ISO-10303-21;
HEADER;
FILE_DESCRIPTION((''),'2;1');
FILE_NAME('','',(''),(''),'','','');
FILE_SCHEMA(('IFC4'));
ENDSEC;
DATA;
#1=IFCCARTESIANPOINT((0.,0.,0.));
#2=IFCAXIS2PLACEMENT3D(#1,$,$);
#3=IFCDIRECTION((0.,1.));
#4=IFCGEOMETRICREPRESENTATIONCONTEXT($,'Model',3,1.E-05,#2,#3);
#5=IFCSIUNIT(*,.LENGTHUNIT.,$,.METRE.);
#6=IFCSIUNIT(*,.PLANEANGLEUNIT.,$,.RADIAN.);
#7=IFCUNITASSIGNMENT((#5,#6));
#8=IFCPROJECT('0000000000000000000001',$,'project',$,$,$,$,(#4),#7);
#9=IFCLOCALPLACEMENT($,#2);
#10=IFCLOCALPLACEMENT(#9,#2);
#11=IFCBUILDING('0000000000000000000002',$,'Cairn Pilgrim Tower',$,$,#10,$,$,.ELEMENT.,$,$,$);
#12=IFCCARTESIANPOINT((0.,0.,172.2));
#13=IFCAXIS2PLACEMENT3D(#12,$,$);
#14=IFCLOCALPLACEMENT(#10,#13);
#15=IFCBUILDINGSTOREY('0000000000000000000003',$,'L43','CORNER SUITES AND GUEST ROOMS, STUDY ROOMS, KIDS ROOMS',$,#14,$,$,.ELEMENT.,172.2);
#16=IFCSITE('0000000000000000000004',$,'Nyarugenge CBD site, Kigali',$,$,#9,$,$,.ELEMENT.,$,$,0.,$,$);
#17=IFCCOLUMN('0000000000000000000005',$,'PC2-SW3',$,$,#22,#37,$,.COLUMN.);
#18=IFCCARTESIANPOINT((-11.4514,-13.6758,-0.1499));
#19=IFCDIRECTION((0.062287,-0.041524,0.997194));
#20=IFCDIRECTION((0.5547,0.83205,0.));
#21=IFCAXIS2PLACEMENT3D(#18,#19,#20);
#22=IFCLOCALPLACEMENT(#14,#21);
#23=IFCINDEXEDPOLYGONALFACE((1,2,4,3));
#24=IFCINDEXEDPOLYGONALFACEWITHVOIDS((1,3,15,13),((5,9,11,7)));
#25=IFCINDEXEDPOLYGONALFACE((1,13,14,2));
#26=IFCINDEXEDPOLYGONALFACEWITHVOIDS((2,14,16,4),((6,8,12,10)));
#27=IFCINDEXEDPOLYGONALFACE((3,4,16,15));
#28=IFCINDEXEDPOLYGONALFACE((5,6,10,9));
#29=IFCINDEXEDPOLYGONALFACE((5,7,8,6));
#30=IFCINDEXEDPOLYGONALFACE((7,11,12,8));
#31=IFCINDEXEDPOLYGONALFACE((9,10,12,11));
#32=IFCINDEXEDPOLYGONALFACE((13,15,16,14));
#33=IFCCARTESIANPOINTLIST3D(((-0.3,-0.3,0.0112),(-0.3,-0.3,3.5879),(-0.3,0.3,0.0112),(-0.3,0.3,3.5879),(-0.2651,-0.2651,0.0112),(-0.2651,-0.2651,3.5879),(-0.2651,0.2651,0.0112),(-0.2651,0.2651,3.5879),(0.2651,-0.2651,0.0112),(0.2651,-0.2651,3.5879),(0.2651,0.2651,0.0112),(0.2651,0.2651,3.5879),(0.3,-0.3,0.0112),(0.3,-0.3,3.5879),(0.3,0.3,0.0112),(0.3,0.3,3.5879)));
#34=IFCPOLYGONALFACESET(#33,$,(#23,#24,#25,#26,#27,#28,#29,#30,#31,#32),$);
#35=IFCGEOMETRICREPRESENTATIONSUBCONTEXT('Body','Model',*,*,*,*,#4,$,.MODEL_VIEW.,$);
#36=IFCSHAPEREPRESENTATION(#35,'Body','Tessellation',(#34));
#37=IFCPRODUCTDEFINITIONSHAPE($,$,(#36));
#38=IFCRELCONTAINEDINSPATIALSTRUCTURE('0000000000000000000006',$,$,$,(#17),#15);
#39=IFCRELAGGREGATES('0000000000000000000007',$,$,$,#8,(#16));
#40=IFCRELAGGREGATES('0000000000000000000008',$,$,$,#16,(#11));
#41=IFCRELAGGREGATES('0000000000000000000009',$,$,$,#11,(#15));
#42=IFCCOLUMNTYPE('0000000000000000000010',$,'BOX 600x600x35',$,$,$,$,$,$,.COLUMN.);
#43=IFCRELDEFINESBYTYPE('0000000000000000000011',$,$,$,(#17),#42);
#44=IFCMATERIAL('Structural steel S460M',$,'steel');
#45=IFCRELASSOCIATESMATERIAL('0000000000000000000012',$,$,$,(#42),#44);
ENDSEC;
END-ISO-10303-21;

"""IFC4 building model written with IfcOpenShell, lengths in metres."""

from ifc_helpers import new_model, si_unit, direction, frame, origin, origin_2d, place, context, subcontext, project, spatial, hollow_rectangle, extrude, clip, halfspace, material, material_profile, profile_set, type_object, element, save


model = new_model("IFC4")

# Units and contexts
model_context = context("Model", 3, precision=1e-05, world=origin(), true_north=direction((0.0, 1.0)))
body_context = subcontext(model_context, "Body", "Model", "MODEL_VIEW")
ifc_project = project(units=[si_unit("LENGTHUNIT", "METRE"), si_unit("PLANEANGLEUNIT", "RADIAN")], contexts=[model_context])

# Site, building, storey
site_placement = place(None, origin())
site = spatial("IfcSite", under=ifc_project, at=site_placement, Name="Nyarugenge CBD site, Kigali", CompositionType="ELEMENT", RefElevation=0.0)
building_placement = place(site_placement, origin())
building = spatial("IfcBuilding", under=site, at=building_placement, Name="Cairn Pilgrim Tower", CompositionType="ELEMENT")
storey_placement = place(building_placement, frame((0.0, 0.0, 172.2)))
storey = spatial("IfcBuildingStorey", under=building, at=storey_placement, Name="L43", Description="CORNER SUITES AND GUEST ROOMS, STUDY ROOMS, KIDS ROOMS", CompositionType="ELEMENT", Elevation=172.2)

# Column
ifc_material_1 = material(Name="Structural steel S460M", Category="steel")
ifc_material_profile_1 = material_profile(ifc_material_1, hollow_rectangle(XDim=0.6001, YDim=0.6001, WallThickness=0.0349, at=origin_2d()), Name="BOX 600x600x35")
ifc_profile_set_1 = profile_set([ifc_material_profile_1], Name="Structural steel S460M")
column_type_1 = type_object("IfcColumnType", Name="BOX 600x600x35", PredefinedType="COLUMN", material=ifc_profile_set_1)
column_1_placement = place(storey_placement, frame((-11.4514, -13.6758, -0.1499), z_axis=(0.062287, -0.041524, 0.997194), x_axis=(0.5547, 0.83205, 0.0)))
element("IfcColumn", 1, at=column_1_placement, inside=storey, type_object=column_type_1, Name="PC2-SW3", PredefinedType="COLUMN", context=body_context, shape_type="Clipping", body=[
    clip(clip(extrude(hollow_rectangle(XDim=0.6001, YDim=0.6001, WallThickness=0.0349, at=origin_2d()), origin(), (0.0, 0.0, 1.0), 3.6099), halfspace(frame((0.0, 0.0, 0.0112), z_axis=(0.0, 0.0, 1.0), x_axis=(1.0, 0.0, 0.0)), True)), halfspace(frame((0.0, 0.0, 3.5879), z_axis=(0.0, 0.0, 1.0), x_axis=(1.0, 0.0, 0.0)), False)),
])

save(model, "model.ifc")
